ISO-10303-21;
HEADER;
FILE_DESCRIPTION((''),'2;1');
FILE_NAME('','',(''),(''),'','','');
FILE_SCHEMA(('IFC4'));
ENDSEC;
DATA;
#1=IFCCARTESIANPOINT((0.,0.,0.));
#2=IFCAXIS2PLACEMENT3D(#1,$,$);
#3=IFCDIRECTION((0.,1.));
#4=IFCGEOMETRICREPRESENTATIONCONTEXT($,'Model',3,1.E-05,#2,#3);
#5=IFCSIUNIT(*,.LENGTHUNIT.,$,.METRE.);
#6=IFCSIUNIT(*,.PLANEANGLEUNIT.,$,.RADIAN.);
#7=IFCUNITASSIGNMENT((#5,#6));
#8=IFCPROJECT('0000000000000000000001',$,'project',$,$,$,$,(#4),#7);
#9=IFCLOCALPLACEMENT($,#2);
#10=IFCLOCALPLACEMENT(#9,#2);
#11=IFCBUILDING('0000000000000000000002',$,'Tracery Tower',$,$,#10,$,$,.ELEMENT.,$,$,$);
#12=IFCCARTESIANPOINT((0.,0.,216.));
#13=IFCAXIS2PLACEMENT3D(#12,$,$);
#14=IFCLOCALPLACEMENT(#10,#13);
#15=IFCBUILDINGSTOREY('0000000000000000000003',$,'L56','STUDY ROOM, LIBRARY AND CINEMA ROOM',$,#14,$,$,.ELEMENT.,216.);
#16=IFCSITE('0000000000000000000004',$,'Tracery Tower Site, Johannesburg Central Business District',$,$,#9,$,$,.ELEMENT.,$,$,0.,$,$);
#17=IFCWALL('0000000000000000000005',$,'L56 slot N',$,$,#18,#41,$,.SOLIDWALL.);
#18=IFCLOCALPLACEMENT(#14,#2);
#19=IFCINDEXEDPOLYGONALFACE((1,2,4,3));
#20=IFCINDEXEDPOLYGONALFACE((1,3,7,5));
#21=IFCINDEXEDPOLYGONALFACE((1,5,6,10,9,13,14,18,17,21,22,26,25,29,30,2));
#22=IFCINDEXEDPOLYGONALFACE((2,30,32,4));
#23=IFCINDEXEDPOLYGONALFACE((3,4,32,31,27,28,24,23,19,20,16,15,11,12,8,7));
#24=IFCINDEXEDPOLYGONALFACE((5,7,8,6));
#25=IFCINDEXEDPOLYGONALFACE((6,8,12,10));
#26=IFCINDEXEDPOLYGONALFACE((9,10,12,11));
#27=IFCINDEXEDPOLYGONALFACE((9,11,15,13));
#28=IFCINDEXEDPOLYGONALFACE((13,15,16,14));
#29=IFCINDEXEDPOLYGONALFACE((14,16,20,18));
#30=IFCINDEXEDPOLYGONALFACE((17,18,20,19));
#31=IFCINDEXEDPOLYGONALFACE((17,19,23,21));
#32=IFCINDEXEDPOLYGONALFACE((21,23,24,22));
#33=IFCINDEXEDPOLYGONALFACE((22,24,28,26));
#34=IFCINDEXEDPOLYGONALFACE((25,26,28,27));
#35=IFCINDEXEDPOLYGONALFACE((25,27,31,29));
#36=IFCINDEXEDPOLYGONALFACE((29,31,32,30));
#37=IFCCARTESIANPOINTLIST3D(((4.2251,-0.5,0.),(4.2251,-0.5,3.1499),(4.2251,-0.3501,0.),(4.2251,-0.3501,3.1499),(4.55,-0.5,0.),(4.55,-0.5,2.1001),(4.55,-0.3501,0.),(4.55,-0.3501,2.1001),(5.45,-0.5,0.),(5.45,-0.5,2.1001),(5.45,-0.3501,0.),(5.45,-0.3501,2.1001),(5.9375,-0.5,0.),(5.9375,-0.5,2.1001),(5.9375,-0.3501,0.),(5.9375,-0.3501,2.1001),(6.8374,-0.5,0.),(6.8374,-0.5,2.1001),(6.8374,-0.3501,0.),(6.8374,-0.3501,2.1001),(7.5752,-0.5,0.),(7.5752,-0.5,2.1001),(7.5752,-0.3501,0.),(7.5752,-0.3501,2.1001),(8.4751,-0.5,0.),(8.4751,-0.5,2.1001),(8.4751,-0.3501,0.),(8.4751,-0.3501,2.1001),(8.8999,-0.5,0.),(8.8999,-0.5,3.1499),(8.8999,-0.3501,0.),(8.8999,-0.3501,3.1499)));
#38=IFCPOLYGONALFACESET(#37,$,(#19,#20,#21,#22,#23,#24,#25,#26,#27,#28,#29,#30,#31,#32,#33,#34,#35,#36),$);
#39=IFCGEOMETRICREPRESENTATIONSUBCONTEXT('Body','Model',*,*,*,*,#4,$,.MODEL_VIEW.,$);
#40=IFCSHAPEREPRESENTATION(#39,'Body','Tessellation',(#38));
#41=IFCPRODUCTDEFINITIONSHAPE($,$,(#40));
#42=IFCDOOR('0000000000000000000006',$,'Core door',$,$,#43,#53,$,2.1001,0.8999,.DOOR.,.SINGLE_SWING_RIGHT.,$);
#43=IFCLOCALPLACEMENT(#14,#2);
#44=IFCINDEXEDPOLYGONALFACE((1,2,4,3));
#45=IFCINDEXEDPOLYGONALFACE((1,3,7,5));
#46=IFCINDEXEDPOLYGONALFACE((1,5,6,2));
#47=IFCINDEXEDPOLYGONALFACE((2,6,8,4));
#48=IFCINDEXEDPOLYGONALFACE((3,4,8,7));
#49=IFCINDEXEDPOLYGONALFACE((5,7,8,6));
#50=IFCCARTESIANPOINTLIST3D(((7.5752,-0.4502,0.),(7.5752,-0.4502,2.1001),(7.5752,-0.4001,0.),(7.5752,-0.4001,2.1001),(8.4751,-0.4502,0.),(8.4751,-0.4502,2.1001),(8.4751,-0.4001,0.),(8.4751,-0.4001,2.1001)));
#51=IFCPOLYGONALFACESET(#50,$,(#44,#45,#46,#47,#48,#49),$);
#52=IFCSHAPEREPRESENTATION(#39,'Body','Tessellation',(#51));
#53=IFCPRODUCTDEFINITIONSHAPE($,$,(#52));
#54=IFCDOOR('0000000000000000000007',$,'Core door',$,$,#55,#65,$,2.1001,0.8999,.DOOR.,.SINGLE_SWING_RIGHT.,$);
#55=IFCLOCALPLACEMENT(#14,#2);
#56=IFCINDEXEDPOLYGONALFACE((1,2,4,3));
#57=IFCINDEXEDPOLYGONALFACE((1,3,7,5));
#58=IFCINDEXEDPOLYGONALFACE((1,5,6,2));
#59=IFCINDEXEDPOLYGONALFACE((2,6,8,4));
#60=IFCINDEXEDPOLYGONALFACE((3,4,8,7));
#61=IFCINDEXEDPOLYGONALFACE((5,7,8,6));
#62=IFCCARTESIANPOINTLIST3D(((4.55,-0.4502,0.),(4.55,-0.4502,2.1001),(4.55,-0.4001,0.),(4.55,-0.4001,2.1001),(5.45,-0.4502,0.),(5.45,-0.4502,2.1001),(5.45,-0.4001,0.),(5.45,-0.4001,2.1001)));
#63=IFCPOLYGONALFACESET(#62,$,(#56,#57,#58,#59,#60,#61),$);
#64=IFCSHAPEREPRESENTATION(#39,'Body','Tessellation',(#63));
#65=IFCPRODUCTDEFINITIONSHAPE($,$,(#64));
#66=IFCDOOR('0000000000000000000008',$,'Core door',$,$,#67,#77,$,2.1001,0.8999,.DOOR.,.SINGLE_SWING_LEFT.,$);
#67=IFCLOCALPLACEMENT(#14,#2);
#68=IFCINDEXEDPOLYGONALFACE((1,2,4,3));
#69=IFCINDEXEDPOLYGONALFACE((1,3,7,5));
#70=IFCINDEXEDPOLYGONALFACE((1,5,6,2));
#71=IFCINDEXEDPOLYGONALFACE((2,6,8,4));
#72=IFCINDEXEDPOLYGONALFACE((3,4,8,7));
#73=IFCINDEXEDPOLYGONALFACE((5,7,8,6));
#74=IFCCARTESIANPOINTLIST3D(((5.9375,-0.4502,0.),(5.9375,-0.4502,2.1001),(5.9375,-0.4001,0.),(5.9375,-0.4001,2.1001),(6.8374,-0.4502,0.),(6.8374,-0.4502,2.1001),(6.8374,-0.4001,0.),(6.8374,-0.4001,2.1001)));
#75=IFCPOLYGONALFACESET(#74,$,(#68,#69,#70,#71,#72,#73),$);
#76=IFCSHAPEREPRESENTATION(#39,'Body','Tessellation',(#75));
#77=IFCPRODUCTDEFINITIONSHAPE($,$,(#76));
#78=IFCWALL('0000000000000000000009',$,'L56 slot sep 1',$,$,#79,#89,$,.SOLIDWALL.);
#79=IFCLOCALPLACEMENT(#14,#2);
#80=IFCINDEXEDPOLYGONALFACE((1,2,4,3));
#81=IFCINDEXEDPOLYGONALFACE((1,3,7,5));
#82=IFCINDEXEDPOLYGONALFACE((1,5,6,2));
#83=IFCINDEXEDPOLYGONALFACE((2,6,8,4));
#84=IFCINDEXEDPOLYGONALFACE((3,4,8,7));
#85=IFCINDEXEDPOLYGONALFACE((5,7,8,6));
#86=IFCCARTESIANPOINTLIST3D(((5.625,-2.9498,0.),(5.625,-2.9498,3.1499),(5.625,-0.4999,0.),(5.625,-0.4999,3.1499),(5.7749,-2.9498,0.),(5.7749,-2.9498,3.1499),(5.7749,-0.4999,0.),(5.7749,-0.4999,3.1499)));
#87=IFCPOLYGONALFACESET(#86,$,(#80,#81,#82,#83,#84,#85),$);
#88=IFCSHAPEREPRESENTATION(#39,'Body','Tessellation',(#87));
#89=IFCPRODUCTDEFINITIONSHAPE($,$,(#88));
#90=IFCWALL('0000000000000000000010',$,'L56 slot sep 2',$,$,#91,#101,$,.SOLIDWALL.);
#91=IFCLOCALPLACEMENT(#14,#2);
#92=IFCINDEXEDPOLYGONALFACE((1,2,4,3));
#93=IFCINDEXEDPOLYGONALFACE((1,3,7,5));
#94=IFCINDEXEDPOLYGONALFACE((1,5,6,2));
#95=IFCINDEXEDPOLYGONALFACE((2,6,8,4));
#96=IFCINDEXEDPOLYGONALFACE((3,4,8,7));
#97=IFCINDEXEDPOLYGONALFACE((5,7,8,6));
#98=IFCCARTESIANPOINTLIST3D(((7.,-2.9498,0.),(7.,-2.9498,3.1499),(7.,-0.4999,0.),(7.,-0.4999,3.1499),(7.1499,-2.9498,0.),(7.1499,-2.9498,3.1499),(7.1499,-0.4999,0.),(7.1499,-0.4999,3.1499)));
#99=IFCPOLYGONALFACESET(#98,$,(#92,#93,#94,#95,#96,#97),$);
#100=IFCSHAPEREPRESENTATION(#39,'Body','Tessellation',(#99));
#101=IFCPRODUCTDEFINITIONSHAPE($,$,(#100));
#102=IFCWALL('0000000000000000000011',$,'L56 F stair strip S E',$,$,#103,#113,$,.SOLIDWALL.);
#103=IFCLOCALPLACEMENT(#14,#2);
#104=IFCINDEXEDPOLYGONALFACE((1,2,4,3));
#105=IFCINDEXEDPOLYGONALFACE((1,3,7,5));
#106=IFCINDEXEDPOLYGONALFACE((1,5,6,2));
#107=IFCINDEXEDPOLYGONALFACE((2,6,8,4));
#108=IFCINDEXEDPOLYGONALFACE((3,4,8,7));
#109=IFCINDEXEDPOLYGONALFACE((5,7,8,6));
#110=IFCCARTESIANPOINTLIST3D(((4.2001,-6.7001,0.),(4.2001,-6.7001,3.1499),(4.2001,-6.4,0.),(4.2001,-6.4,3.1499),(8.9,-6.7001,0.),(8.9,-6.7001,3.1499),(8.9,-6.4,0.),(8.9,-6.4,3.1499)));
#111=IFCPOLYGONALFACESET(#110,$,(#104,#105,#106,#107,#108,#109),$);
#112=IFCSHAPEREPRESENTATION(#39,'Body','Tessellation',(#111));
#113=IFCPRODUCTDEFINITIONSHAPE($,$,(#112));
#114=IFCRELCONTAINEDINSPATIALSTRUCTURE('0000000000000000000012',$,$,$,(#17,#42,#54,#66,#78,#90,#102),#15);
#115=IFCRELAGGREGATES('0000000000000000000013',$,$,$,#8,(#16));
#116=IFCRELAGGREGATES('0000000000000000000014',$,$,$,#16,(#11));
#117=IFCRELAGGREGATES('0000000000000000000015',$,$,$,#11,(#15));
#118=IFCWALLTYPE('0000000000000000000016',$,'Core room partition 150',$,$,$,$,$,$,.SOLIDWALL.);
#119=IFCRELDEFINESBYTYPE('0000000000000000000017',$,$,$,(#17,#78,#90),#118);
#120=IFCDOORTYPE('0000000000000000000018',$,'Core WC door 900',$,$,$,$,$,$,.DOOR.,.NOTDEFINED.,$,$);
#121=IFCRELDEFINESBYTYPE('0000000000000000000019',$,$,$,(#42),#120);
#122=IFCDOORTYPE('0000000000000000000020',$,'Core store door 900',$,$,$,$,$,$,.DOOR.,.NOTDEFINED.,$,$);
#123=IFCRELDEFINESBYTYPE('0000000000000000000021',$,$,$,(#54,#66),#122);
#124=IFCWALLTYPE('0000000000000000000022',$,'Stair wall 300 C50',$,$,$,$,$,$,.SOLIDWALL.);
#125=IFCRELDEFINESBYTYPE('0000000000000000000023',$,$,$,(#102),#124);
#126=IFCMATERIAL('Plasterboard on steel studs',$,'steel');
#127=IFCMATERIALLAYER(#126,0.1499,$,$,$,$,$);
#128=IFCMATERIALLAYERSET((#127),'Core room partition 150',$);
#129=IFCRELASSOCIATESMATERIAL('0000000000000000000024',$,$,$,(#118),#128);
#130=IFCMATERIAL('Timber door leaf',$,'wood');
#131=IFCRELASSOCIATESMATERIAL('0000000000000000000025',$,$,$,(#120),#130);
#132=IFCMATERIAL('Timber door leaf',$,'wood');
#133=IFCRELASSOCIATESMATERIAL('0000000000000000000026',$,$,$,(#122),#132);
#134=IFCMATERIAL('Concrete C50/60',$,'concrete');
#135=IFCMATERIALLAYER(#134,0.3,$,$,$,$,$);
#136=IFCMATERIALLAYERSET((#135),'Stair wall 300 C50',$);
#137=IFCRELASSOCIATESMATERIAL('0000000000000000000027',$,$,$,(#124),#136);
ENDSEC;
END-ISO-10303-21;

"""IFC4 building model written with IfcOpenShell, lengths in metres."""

from ifc_helpers import new_model, si_unit, direction, frame, frame_2d, origin, place, context, subcontext, project, spatial, rectangle, extrude, material, layer, layer_set, type_object, element, fill, save


model = new_model("IFC4")

# Units and contexts
model_context = context("Model", 3, precision=1e-05, world=origin(), true_north=direction((0.0, 1.0)))
body_context = subcontext(model_context, "Body", "Model", "MODEL_VIEW")
ifc_project = project(units=[si_unit("LENGTHUNIT", "METRE"), si_unit("PLANEANGLEUNIT", "RADIAN")], contexts=[model_context])

# Site, building, storey
site_placement = place(None, origin())
site = spatial("IfcSite", under=ifc_project, at=site_placement, Name="Tracery Tower Site, Johannesburg Central Business District", CompositionType="ELEMENT", RefElevation=0.0)
building_placement = place(site_placement, origin())
building = spatial("IfcBuilding", under=site, at=building_placement, Name="Tracery Tower", CompositionType="ELEMENT")
storey_placement = place(building_placement, frame((0.0, 0.0, 216.0)))
storey = spatial("IfcBuildingStorey", under=building, at=storey_placement, Name="L56", Description="STUDY ROOM, LIBRARY AND CINEMA ROOM", CompositionType="ELEMENT", Elevation=216.0)

# Shared definitions
ifc_material_1 = material(Name="Plasterboard on steel studs", Category="steel")
ifc_layer_1 = layer(ifc_material_1, 0.1499)
ifc_layer_set_1 = layer_set([ifc_layer_1], Name="Core room partition 150")
wall_type_1 = type_object("IfcWallType", Name="Core room partition 150", PredefinedType="SOLIDWALL", material=ifc_layer_set_1)

# Wall, openings, doors
wall_1_placement = place(storey_placement, frame((4.2251, -0.425, 0.0), z_axis=(0.0, 0.0, 1.0), x_axis=(1.0, 0.0, 0.0)))
wall_1 = element("IfcWall", 1, at=wall_1_placement, inside=storey, type_object=wall_type_1, Name="L56 slot N", PredefinedType="SOLIDWALL", context=body_context, shape_type="SweptSolid", body=[
    extrude(rectangle(XDim=4.6748, YDim=0.1499, at=frame_2d((2.3374, 0.0))), origin(), (0.0, 0.0, 1.0), 3.1499),
])
opening_1_placement = place(wall_1_placement, frame((0.325, 0.0, 0.0)))
opening_1 = element("IfcOpeningElement", 2, at=opening_1_placement, cuts=wall_1, PredefinedType="OPENING", context=body_context, shape_type="SweptSolid", body=[
    extrude(rectangle(XDim=0.8999, YDim=2.1001, at=frame_2d((0.45, 1.05))), frame((0.0, 0.075, 0.0), z_axis=(0.0, -1.0, 0.0), x_axis=(1.0, 0.0, 0.0)), (0.0, 0.0, 1.0), 0.1499),
])
opening_2_placement = place(wall_1_placement, frame((1.7124, 0.0, 0.0)))
opening_2 = element("IfcOpeningElement", 3, at=opening_2_placement, cuts=wall_1, PredefinedType="OPENING", context=body_context, shape_type="SweptSolid", body=[
    extrude(rectangle(XDim=0.8999, YDim=2.1001, at=frame_2d((0.45, 1.05))), frame((0.0, 0.075, 0.0), z_axis=(0.0, -1.0, 0.0), x_axis=(1.0, 0.0, 0.0)), (0.0, 0.0, 1.0), 0.1499),
])
opening_3_placement = place(wall_1_placement, frame((3.3501, 0.0, 0.0)))
opening_3 = element("IfcOpeningElement", 4, at=opening_3_placement, cuts=wall_1, PredefinedType="OPENING", context=body_context, shape_type="SweptSolid", body=[
    extrude(rectangle(XDim=0.8999, YDim=2.1001, at=frame_2d((0.45, 1.05))), frame((0.0, 0.075, 0.0), z_axis=(0.0, -1.0, 0.0), x_axis=(1.0, 0.0, 0.0)), (0.0, 0.0, 1.0), 0.1499),
])
ifc_material_2 = material(Name="Timber door leaf", Category="wood")
door_type_1 = type_object("IfcDoorType", Name="Core WC door 900", OperationType="NOTDEFINED", PredefinedType="DOOR", material=ifc_material_2)
door_1_placement = place(opening_3_placement, origin())
door_1 = element("IfcDoor", 5, at=door_1_placement, inside=storey, type_object=door_type_1, Name="Core door", OperationType="SINGLE_SWING_RIGHT", OverallHeight=2.1001, OverallWidth=0.8999, PredefinedType="DOOR", context=body_context, shape_type="SweptSolid", body=[
    extrude(rectangle(XDim=0.8999, YDim=2.1001, at=frame_2d((0.45, 1.05))), frame((0.0, 0.0249, 0.0), z_axis=(0.0, -1.0, 0.0), x_axis=(1.0, 0.0, 0.0)), (0.0, 0.0, 1.0), 0.05),
])
fill(opening_3, door_1)
ifc_material_3 = material(Name="Timber door leaf", Category="wood")
door_type_2 = type_object("IfcDoorType", Name="Core store door 900", OperationType="NOTDEFINED", PredefinedType="DOOR", material=ifc_material_3)
door_2_placement = place(opening_1_placement, origin())
door_2 = element("IfcDoor", 6, at=door_2_placement, inside=storey, type_object=door_type_2, Name="Core door", OperationType="SINGLE_SWING_RIGHT", OverallHeight=2.1001, OverallWidth=0.8999, PredefinedType="DOOR", context=body_context, shape_type="SweptSolid", body=[
    extrude(rectangle(XDim=0.8999, YDim=2.1001, at=frame_2d((0.45, 1.05))), frame((0.0, 0.0249, 0.0), z_axis=(0.0, -1.0, 0.0), x_axis=(1.0, 0.0, 0.0)), (0.0, 0.0, 1.0), 0.05),
])
fill(opening_1, door_2)
door_3_placement = place(opening_2_placement, origin())
door_3 = element("IfcDoor", 7, at=door_3_placement, inside=storey, type_object=door_type_2, Name="Core door", OperationType="SINGLE_SWING_LEFT", OverallHeight=2.1001, OverallWidth=0.8999, PredefinedType="DOOR", context=body_context, shape_type="SweptSolid", body=[
    extrude(rectangle(XDim=0.8999, YDim=2.1001, at=frame_2d((0.45, 1.05))), frame((0.0, 0.0249, 0.0), z_axis=(0.0, -1.0, 0.0), x_axis=(1.0, 0.0, 0.0)), (0.0, 0.0, 1.0), 0.05),
])
fill(opening_2, door_3)

# Walls
for number, where, z_axis, x_axis, name in (
    (8, (5.7, -2.95, 0.0), (0.0, 0.0, 1.0), (0.0, 1.0, 0.0), "L56 slot sep 1"),
    (9, (7.075, -2.95, 0.0), (0.0, 0.0, 1.0), (0.0, 1.0, 0.0), "L56 slot sep 2"),
):
    element("IfcWall", number, at=place(storey_placement, frame(where, z_axis=z_axis, x_axis=x_axis)), inside=storey, type_object=wall_type_1, Name=name, PredefinedType="SOLIDWALL", context=body_context, shape_type="SweptSolid", body=[
        extrude(rectangle(XDim=2.45, YDim=0.1499, at=frame_2d((1.2251, 0.0))), origin(), (0.0, 0.0, 1.0), 3.1499),
    ])

# Shared definitions
ifc_material_4 = material(Name="Concrete C50/60", Category="concrete")
ifc_layer_2 = layer(ifc_material_4, 0.3)
ifc_layer_set_2 = layer_set([ifc_layer_2], Name="Stair wall 300 C50")
wall_type_2 = type_object("IfcWallType", Name="Stair wall 300 C50", PredefinedType="SOLIDWALL", material=ifc_layer_set_2)

# Wall
wall_2_placement = place(storey_placement, frame((4.2, -6.55, 0.0), z_axis=(0.0, 0.0, 1.0), x_axis=(1.0, 0.0, 0.0)))
element("IfcWall", 10, at=wall_2_placement, inside=storey, type_object=wall_type_2, Name="L56 F stair strip S E", PredefinedType="SOLIDWALL", context=body_context, shape_type="SweptSolid", body=[
    extrude(rectangle(XDim=4.7, YDim=0.3, at=frame_2d((2.3501, 0.0))), origin(), (0.0, 0.0, 1.0), 3.1499),
])

save(model, "model.ifc")
